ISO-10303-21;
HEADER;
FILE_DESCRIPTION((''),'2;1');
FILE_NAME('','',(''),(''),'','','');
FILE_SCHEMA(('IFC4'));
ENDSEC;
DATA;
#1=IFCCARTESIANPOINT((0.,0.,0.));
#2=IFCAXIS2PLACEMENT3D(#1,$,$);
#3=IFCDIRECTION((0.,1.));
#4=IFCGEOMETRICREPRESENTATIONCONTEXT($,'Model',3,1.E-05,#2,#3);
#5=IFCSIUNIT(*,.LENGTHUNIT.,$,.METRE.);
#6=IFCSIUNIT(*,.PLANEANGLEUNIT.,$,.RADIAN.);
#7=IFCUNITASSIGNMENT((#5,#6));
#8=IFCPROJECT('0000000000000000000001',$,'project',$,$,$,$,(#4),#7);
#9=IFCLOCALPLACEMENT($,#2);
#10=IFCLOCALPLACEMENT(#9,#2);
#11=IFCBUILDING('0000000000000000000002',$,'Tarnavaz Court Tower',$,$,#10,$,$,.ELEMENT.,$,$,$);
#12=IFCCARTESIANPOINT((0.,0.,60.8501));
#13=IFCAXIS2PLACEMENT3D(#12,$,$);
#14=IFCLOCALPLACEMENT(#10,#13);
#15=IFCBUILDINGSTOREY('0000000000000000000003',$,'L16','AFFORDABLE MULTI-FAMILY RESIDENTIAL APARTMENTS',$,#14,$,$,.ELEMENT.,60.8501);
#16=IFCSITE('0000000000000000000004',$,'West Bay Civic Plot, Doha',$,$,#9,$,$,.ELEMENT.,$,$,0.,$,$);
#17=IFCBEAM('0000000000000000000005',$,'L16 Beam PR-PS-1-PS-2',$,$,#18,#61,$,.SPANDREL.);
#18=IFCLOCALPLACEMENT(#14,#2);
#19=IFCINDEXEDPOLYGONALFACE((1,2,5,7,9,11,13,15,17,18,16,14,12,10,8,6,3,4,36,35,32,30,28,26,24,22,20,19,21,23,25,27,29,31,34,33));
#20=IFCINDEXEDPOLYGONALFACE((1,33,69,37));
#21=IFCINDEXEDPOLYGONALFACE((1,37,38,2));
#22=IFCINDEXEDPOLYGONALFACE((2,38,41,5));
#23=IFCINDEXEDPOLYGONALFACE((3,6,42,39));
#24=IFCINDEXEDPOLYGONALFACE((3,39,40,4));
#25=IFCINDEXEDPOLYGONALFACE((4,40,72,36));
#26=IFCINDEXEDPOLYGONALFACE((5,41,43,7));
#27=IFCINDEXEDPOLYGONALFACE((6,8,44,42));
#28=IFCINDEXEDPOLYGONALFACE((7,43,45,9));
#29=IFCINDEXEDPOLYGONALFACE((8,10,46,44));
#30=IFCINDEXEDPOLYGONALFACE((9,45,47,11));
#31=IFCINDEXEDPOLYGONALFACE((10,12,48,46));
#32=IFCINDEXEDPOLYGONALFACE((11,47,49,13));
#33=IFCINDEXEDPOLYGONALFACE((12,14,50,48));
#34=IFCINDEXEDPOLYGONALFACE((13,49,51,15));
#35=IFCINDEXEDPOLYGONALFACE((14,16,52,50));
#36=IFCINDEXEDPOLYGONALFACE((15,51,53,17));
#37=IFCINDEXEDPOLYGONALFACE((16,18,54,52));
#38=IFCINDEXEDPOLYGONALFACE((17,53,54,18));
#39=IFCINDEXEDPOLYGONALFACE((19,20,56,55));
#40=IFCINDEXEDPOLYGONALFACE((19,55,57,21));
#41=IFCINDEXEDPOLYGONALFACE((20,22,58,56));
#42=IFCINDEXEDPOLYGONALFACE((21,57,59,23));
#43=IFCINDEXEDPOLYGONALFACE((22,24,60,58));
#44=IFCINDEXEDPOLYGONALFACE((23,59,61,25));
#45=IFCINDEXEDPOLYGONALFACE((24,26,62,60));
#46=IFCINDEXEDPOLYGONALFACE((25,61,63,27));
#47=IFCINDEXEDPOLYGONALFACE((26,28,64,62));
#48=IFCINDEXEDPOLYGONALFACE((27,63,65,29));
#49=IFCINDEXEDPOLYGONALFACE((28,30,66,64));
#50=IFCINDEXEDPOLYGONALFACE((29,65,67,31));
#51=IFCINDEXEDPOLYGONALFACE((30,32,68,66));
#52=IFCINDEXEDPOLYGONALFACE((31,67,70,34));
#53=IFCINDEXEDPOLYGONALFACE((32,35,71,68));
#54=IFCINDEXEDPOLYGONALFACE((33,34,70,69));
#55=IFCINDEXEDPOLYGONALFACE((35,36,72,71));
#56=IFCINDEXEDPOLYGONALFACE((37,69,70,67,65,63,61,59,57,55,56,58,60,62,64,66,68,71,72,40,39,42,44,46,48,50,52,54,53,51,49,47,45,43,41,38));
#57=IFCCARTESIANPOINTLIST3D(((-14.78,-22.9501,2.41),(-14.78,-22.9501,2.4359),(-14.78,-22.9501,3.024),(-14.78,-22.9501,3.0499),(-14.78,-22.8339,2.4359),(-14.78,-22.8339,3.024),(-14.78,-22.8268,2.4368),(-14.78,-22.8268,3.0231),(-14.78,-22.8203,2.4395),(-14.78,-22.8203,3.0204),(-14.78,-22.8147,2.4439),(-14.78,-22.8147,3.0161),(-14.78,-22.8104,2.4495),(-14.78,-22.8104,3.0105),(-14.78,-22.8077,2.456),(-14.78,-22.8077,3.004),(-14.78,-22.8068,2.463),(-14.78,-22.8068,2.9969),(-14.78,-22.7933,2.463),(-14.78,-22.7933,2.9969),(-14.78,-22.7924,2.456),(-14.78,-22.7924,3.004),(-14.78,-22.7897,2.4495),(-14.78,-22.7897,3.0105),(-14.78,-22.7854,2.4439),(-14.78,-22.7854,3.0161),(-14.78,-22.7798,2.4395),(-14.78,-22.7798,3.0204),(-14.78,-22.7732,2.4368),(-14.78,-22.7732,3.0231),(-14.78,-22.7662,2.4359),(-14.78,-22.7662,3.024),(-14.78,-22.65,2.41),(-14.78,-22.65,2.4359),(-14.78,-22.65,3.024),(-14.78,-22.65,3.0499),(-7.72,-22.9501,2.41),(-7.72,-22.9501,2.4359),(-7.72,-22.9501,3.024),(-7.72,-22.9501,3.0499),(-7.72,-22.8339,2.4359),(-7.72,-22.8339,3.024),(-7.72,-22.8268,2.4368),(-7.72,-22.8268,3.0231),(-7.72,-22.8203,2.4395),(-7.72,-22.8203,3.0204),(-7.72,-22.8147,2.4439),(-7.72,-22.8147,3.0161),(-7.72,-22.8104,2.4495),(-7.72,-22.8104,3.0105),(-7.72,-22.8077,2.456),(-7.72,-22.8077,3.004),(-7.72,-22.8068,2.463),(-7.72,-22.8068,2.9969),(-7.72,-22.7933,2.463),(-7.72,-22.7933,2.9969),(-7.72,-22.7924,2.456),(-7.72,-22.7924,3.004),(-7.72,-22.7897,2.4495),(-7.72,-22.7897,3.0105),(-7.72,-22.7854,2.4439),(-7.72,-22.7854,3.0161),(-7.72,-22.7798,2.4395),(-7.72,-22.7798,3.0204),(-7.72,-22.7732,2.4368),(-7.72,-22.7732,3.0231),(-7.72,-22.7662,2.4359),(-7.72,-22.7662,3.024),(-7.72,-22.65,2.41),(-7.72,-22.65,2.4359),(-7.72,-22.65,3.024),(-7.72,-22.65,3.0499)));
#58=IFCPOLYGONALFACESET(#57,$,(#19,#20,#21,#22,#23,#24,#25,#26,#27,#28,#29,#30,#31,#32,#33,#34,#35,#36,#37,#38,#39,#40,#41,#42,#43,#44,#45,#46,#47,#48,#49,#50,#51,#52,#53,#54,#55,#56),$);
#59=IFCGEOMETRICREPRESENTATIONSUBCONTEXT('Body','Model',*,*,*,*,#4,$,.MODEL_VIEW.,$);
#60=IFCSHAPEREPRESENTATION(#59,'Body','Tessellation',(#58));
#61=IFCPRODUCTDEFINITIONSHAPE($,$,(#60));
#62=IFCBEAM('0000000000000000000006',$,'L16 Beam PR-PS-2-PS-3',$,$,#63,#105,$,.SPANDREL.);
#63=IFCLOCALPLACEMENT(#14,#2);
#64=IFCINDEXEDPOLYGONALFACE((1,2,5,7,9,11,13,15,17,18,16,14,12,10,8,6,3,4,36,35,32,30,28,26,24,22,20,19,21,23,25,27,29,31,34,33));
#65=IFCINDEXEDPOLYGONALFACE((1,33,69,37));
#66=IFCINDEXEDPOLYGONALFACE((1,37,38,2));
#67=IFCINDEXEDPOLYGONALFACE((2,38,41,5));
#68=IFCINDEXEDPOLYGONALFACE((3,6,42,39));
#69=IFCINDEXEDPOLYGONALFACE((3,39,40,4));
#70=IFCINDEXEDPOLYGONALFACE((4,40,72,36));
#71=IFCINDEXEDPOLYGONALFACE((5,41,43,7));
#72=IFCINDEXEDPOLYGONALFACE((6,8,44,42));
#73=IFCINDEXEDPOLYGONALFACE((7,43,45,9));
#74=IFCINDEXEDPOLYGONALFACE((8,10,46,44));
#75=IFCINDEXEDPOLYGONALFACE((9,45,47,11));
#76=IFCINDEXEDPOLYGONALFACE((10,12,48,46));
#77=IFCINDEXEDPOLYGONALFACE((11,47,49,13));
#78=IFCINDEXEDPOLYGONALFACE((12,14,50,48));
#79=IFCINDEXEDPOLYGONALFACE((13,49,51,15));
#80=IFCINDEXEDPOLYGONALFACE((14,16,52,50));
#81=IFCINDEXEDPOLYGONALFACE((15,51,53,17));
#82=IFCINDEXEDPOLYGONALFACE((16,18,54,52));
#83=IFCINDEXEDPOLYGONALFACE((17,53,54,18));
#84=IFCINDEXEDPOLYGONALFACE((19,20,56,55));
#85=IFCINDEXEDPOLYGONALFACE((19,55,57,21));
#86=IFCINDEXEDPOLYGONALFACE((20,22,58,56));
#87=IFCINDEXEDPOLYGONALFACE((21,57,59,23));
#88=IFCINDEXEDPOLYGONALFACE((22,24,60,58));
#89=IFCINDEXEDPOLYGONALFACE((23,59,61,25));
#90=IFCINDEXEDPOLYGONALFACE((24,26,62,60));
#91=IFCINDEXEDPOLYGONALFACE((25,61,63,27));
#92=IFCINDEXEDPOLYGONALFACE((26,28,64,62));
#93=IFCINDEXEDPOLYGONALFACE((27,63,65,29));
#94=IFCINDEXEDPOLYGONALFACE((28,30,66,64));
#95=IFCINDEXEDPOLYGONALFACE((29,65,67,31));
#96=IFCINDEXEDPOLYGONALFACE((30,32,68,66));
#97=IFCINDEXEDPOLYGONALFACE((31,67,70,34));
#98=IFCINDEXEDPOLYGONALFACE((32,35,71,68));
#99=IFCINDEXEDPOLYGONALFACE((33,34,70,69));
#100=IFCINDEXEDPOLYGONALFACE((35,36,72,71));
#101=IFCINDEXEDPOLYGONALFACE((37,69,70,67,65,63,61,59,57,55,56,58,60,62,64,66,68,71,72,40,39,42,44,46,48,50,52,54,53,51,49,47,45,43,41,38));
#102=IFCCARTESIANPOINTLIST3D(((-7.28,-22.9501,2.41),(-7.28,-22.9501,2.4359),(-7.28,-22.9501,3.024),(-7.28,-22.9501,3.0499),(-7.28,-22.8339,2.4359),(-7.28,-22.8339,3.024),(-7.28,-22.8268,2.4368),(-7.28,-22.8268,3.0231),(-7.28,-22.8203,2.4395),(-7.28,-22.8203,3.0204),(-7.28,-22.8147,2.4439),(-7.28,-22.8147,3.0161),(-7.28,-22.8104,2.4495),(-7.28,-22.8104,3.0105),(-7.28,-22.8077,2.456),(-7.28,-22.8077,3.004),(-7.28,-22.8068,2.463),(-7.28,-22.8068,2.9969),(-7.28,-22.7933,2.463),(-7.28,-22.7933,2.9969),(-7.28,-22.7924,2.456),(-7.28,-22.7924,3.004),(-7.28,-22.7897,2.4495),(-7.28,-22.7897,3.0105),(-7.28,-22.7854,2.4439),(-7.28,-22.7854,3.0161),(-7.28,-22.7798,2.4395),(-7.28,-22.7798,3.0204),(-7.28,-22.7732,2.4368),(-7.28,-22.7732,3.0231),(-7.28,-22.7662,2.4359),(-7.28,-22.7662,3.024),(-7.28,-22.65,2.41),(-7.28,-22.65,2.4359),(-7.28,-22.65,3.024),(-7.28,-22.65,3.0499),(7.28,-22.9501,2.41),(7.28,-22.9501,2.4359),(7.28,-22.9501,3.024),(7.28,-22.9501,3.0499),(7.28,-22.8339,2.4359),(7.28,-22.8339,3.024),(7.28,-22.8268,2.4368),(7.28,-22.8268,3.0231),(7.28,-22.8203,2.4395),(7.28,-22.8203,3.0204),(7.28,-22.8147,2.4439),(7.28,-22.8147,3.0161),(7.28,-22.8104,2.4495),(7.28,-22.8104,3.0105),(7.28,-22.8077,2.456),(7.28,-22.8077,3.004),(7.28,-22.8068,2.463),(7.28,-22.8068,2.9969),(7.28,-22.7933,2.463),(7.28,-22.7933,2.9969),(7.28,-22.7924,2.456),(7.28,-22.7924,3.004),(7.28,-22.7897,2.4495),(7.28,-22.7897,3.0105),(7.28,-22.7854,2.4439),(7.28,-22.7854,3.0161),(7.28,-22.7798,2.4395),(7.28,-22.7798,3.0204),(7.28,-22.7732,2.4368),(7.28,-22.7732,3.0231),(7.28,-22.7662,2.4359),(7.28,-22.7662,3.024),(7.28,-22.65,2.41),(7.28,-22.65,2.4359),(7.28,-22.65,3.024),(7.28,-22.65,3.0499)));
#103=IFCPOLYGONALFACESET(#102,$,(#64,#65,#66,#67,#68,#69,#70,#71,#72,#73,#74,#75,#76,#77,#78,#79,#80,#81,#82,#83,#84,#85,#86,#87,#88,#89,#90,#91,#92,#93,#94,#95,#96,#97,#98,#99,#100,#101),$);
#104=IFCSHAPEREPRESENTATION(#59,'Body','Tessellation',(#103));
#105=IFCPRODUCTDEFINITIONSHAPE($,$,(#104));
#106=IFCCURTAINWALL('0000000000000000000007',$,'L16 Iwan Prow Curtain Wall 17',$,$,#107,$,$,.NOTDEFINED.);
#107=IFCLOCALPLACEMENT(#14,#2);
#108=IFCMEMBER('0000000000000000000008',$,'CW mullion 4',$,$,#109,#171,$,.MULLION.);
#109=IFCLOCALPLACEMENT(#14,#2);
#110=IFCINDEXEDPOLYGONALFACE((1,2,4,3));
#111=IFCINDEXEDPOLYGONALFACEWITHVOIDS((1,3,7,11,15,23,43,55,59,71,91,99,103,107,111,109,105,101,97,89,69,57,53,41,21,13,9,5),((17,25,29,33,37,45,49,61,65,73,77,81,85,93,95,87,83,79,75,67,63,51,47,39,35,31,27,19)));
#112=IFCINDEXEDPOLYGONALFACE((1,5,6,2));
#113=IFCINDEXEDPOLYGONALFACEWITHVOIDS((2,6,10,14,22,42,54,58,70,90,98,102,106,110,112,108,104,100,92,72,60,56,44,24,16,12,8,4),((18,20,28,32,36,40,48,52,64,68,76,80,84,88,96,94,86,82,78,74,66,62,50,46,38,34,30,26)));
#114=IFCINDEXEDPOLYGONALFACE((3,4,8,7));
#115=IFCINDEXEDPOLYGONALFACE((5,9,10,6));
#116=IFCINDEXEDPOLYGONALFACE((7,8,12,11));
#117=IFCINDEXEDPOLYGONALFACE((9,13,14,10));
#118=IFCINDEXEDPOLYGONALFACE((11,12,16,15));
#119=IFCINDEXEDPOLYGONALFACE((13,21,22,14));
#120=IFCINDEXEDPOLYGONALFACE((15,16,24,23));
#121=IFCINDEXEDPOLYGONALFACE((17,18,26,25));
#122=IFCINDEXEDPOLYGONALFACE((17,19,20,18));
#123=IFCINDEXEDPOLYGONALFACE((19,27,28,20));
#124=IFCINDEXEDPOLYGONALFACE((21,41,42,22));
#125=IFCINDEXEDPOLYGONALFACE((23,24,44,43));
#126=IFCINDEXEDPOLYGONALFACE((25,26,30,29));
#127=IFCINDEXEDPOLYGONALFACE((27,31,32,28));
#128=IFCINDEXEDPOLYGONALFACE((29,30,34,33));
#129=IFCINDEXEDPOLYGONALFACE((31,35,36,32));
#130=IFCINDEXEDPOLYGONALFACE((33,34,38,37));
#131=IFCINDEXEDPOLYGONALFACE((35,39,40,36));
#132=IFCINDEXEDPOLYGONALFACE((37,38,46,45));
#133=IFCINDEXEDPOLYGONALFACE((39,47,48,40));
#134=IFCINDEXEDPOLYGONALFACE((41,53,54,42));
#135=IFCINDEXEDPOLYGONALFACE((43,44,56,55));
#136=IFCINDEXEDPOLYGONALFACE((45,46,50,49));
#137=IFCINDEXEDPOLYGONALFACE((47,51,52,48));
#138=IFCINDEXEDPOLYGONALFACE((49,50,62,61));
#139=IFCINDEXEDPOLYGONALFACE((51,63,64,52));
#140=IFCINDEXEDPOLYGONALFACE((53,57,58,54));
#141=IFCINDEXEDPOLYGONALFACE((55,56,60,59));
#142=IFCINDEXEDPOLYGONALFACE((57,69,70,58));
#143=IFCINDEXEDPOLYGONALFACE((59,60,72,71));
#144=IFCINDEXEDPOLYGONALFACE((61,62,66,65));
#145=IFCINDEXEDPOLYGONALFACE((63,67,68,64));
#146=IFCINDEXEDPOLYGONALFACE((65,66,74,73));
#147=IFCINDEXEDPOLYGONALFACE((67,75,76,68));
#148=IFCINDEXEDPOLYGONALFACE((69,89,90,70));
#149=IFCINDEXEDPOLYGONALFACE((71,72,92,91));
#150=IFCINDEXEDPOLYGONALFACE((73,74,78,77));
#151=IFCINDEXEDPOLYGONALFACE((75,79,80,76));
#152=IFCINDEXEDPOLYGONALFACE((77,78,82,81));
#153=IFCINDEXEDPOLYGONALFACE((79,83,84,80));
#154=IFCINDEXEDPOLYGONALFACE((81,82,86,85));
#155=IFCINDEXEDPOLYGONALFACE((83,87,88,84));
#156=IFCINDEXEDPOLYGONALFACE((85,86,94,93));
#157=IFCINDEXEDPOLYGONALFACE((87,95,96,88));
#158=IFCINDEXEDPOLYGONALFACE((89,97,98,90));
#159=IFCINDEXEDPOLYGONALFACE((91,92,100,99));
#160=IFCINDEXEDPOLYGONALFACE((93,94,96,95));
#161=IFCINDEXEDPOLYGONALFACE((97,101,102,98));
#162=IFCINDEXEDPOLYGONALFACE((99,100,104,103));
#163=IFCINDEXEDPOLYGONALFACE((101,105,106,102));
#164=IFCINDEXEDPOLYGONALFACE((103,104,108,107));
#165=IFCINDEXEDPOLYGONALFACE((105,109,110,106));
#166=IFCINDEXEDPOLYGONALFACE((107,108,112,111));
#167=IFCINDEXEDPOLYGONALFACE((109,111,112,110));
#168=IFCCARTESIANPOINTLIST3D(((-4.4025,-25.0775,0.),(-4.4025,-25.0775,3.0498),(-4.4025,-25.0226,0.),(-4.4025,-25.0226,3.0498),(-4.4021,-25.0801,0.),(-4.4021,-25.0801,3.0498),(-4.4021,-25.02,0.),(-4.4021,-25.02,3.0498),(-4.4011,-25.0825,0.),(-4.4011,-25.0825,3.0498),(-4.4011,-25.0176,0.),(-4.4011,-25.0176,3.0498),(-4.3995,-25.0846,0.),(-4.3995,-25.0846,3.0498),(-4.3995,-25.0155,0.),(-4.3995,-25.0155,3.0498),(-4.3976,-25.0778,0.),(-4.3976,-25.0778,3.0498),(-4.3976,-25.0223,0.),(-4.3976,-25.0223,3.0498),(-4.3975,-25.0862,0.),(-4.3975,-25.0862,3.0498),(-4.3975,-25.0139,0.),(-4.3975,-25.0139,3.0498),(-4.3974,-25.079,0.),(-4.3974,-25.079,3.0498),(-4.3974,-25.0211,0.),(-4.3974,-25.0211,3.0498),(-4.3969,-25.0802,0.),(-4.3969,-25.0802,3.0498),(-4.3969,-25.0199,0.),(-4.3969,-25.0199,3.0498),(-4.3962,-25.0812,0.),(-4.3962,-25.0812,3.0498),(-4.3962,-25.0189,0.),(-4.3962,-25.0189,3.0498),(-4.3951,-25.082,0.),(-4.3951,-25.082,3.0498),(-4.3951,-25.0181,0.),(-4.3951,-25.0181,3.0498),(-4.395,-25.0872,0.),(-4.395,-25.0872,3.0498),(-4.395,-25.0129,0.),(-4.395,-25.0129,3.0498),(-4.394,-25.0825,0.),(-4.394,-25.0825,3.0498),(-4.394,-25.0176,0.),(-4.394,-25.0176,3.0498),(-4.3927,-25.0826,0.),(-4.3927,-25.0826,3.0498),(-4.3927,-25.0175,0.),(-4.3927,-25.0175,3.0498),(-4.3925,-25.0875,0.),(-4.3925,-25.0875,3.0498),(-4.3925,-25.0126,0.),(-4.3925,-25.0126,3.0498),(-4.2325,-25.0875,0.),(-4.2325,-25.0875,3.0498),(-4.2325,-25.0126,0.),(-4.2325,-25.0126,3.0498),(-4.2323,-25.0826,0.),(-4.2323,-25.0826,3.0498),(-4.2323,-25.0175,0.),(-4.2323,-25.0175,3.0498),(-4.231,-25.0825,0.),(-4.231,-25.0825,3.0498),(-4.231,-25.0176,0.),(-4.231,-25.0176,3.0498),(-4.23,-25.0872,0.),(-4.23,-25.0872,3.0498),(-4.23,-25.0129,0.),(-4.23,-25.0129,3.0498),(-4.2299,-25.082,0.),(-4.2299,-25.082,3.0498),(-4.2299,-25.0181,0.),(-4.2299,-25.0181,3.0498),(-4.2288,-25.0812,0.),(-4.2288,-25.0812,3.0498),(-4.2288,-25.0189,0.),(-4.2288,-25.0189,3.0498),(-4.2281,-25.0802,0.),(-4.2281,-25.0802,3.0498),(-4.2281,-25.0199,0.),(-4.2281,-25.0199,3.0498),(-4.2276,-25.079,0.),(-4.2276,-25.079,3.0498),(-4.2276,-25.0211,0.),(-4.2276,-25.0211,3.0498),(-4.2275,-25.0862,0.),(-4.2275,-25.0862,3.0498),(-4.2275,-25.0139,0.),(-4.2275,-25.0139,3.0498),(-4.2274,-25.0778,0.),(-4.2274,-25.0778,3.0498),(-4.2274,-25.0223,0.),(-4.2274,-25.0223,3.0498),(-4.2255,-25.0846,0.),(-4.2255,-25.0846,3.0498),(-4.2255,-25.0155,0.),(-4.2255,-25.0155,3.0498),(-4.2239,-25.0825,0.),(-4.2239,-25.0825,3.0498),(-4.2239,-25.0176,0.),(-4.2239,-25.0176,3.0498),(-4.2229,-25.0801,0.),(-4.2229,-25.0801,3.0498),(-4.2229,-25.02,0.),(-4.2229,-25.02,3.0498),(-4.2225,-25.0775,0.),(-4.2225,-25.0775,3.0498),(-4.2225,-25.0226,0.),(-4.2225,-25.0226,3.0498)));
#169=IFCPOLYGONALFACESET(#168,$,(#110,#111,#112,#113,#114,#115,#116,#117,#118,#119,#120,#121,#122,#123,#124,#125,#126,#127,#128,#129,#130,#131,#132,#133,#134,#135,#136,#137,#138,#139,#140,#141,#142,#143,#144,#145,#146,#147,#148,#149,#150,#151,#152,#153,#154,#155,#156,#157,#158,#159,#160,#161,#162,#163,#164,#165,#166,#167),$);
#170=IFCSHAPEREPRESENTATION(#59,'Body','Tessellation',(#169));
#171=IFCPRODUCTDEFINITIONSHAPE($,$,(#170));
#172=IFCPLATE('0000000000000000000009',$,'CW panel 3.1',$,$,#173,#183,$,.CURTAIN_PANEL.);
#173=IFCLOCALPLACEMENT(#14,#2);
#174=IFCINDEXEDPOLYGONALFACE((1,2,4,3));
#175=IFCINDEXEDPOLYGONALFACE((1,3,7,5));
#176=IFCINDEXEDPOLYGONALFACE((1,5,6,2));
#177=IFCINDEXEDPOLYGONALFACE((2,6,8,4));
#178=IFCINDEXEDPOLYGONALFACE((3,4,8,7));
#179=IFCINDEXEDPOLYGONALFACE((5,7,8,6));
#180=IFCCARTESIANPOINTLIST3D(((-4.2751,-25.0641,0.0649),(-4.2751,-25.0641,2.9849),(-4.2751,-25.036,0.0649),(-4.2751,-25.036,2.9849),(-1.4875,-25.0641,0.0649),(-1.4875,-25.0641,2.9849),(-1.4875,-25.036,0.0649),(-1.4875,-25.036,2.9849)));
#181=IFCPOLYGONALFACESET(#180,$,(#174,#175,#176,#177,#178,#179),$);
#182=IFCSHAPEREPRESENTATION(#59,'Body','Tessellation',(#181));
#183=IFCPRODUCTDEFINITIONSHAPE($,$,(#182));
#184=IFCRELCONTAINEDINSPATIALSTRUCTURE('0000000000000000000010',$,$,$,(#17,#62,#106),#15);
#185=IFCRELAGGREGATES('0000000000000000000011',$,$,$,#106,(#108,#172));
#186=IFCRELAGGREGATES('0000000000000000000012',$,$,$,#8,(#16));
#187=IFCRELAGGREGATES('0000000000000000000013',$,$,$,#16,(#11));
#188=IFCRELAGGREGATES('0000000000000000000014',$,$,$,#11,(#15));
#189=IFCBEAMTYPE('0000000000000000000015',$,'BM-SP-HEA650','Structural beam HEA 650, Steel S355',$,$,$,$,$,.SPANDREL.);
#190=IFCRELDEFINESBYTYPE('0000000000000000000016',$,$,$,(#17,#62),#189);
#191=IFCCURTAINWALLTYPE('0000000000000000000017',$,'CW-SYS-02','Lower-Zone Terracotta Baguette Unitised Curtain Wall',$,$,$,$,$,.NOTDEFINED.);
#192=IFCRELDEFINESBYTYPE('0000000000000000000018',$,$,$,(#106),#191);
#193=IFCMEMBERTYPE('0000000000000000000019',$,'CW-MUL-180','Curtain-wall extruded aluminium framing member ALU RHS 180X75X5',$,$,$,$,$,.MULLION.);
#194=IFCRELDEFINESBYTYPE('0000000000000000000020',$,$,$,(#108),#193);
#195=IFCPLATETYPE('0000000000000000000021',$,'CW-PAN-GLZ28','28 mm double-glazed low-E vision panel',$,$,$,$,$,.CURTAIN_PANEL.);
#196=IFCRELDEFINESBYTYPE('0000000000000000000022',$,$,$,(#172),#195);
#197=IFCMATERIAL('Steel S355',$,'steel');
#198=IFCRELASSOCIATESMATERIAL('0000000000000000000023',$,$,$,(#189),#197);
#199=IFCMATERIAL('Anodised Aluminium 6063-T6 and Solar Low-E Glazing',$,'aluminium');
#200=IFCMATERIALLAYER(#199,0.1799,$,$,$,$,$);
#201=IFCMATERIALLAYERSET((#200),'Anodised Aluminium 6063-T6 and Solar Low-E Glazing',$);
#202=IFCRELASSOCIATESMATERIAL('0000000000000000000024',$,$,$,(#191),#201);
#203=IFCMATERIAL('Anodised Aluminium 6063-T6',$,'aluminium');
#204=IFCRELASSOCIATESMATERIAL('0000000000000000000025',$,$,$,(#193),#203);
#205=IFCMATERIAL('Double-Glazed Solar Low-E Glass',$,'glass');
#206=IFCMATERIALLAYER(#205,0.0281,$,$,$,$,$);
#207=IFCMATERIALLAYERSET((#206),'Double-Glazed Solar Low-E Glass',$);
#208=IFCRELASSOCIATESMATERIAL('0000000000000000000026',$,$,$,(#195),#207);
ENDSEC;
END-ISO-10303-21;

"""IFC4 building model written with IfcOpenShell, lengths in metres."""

from ifc_helpers import new_model, si_unit, direction, frame, origin, origin_2d, place, context, subcontext, project, spatial, rectangle, hollow_rectangle, i_section, extrude, material, layer, layer_set, material_profile, profile_set, type_object, element, aggregate, save


model = new_model("IFC4")

# Units and contexts
model_context = context("Model", 3, precision=1e-05, world=origin(), true_north=direction((0.0, 1.0)))
body_context = subcontext(model_context, "Body", "Model", "MODEL_VIEW")
ifc_project = project(units=[si_unit("LENGTHUNIT", "METRE"), si_unit("PLANEANGLEUNIT", "RADIAN")], contexts=[model_context])

# Site, building, storey
site_placement = place(None, origin())
site = spatial("IfcSite", under=ifc_project, at=site_placement, Name="West Bay Civic Plot, Doha", CompositionType="ELEMENT", RefElevation=0.0)
building_placement = place(site_placement, origin())
building = spatial("IfcBuilding", under=site, at=building_placement, Name="Tarnavaz Court Tower", CompositionType="ELEMENT")
storey_placement = place(building_placement, frame((0.0, 0.0, 60.8501)))
storey = spatial("IfcBuildingStorey", under=building, at=storey_placement, Name="L16", Description="AFFORDABLE MULTI-FAMILY RESIDENTIAL APARTMENTS", CompositionType="ELEMENT", Elevation=60.8501)

# Beams
ifc_material_1 = material(Name="Steel S355", Category="steel")
ifc_material_profile_1 = material_profile(ifc_material_1, i_section(OverallWidth=0.3, OverallDepth=0.6399, WebThickness=0.0134, FlangeThickness=0.0259, FilletRadius=0.0271, at=origin_2d()), Name="HEA 650")
ifc_profile_set_1 = profile_set([ifc_material_profile_1], Name="Steel S355")
beam_type_1 = type_object("IfcBeamType", Name="BM-SP-HEA650", Description="Structural beam HEA 650, Steel S355", PredefinedType="SPANDREL", material=ifc_profile_set_1)
beam_1_placement = place(storey_placement, frame((-14.78, -22.8, 2.73), z_axis=(1.0, 0.0, 0.0), x_axis=(0.0, 1.0, 0.0)))
element("IfcBeam", 1, at=beam_1_placement, inside=storey, type_object=beam_type_1, Name="L16 Beam PR-PS-1-PS-2", PredefinedType="SPANDREL", context=body_context, shape_type="SweptSolid", body=[
    extrude(i_section(OverallWidth=0.3, OverallDepth=0.6399, WebThickness=0.0134, FlangeThickness=0.0259, FilletRadius=0.0271, at=origin_2d()), origin(), (0.0, 0.0, 1.0), 7.0601),
])
beam_2_placement = place(storey_placement, frame((-7.28, -22.8, 2.73), z_axis=(1.0, 0.0, 0.0), x_axis=(0.0, 1.0, 0.0)))
element("IfcBeam", 2, at=beam_2_placement, inside=storey, type_object=beam_type_1, Name="L16 Beam PR-PS-2-PS-3", PredefinedType="SPANDREL", context=body_context, shape_type="SweptSolid", body=[
    extrude(i_section(OverallWidth=0.3, OverallDepth=0.6399, WebThickness=0.0134, FlangeThickness=0.0259, FilletRadius=0.0271, at=origin_2d()), origin(), (0.0, 0.0, 1.0), 14.5601),
])

# Curtain wall, member, plate
ifc_material_2 = material(Name="Anodised Aluminium 6063-T6 and Solar Low-E Glazing", Category="aluminium")
ifc_layer_1 = layer(ifc_material_2, 0.1799)
ifc_layer_set_1 = layer_set([ifc_layer_1], Name="Anodised Aluminium 6063-T6 and Solar Low-E Glazing")
curtain_wall_type = type_object("IfcCurtainWallType", Name="CW-SYS-02", Description="Lower-Zone Terracotta Baguette Unitised Curtain Wall", PredefinedType="NOTDEFINED", material=ifc_layer_set_1)
curtain_wall_placement = place(storey_placement, origin())
curtain_wall = element("IfcCurtainWall", 3, at=curtain_wall_placement, inside=storey, type_object=curtain_wall_type, Name="L16 Iwan Prow Curtain Wall 17", PredefinedType="NOTDEFINED")
ifc_material_3 = material(Name="Anodised Aluminium 6063-T6", Category="aluminium")
ifc_material_profile_2 = material_profile(ifc_material_3, hollow_rectangle(XDim=0.075, YDim=0.1799, WallThickness=0.0049, InnerFilletRadius=0.0049, OuterFilletRadius=0.01, at=origin_2d()), Name="ALU RHS 180X75X5")
ifc_profile_set_2 = profile_set([ifc_material_profile_2], Name="Anodised Aluminium 6063-T6")
member_type = type_object("IfcMemberType", Name="CW-MUL-180", Description="Curtain-wall extruded aluminium framing member ALU RHS 180X75X5", PredefinedType="MULLION", material=ifc_profile_set_2)
member_placement = place(storey_placement, frame((-4.3125, -25.05, 0.0), z_axis=(0.0, 0.0, 1.0), x_axis=(0.0, -1.0, 0.0)))
member = element("IfcMember", 4, at=member_placement, type_object=member_type, Name="CW mullion 4", PredefinedType="MULLION", context=body_context, shape_type="SweptSolid", body=[
    extrude(hollow_rectangle(XDim=0.075, YDim=0.1799, WallThickness=0.0049, InnerFilletRadius=0.0049, OuterFilletRadius=0.01, at=origin_2d()), origin(), (0.0, 0.0, 1.0), 3.0498),
])
ifc_material_4 = material(Name="Double-Glazed Solar Low-E Glass", Category="glass")
ifc_layer_2 = layer(ifc_material_4, 0.0281)
ifc_layer_set_2 = layer_set([ifc_layer_2], Name="Double-Glazed Solar Low-E Glass")
plate_type = type_object("IfcPlateType", Name="CW-PAN-GLZ28", Description="28 mm double-glazed low-E vision panel", PredefinedType="CURTAIN_PANEL", material=ifc_layer_set_2)
plate_placement = place(storey_placement, frame((-2.8813, -25.05, 0.0649), z_axis=(0.0, 0.0, 1.0), x_axis=(-1.0, 0.0, 0.0)))
plate = element("IfcPlate", 5, at=plate_placement, type_object=plate_type, Name="CW panel 3.1", PredefinedType="CURTAIN_PANEL", context=body_context, shape_type="SweptSolid", body=[
    extrude(rectangle(XDim=2.7876, YDim=0.0281, at=origin_2d()), origin(), (0.0, 0.0, 1.0), 2.9199),
])
aggregate(curtain_wall, [member, plate])

save(model, "model.ifc")
